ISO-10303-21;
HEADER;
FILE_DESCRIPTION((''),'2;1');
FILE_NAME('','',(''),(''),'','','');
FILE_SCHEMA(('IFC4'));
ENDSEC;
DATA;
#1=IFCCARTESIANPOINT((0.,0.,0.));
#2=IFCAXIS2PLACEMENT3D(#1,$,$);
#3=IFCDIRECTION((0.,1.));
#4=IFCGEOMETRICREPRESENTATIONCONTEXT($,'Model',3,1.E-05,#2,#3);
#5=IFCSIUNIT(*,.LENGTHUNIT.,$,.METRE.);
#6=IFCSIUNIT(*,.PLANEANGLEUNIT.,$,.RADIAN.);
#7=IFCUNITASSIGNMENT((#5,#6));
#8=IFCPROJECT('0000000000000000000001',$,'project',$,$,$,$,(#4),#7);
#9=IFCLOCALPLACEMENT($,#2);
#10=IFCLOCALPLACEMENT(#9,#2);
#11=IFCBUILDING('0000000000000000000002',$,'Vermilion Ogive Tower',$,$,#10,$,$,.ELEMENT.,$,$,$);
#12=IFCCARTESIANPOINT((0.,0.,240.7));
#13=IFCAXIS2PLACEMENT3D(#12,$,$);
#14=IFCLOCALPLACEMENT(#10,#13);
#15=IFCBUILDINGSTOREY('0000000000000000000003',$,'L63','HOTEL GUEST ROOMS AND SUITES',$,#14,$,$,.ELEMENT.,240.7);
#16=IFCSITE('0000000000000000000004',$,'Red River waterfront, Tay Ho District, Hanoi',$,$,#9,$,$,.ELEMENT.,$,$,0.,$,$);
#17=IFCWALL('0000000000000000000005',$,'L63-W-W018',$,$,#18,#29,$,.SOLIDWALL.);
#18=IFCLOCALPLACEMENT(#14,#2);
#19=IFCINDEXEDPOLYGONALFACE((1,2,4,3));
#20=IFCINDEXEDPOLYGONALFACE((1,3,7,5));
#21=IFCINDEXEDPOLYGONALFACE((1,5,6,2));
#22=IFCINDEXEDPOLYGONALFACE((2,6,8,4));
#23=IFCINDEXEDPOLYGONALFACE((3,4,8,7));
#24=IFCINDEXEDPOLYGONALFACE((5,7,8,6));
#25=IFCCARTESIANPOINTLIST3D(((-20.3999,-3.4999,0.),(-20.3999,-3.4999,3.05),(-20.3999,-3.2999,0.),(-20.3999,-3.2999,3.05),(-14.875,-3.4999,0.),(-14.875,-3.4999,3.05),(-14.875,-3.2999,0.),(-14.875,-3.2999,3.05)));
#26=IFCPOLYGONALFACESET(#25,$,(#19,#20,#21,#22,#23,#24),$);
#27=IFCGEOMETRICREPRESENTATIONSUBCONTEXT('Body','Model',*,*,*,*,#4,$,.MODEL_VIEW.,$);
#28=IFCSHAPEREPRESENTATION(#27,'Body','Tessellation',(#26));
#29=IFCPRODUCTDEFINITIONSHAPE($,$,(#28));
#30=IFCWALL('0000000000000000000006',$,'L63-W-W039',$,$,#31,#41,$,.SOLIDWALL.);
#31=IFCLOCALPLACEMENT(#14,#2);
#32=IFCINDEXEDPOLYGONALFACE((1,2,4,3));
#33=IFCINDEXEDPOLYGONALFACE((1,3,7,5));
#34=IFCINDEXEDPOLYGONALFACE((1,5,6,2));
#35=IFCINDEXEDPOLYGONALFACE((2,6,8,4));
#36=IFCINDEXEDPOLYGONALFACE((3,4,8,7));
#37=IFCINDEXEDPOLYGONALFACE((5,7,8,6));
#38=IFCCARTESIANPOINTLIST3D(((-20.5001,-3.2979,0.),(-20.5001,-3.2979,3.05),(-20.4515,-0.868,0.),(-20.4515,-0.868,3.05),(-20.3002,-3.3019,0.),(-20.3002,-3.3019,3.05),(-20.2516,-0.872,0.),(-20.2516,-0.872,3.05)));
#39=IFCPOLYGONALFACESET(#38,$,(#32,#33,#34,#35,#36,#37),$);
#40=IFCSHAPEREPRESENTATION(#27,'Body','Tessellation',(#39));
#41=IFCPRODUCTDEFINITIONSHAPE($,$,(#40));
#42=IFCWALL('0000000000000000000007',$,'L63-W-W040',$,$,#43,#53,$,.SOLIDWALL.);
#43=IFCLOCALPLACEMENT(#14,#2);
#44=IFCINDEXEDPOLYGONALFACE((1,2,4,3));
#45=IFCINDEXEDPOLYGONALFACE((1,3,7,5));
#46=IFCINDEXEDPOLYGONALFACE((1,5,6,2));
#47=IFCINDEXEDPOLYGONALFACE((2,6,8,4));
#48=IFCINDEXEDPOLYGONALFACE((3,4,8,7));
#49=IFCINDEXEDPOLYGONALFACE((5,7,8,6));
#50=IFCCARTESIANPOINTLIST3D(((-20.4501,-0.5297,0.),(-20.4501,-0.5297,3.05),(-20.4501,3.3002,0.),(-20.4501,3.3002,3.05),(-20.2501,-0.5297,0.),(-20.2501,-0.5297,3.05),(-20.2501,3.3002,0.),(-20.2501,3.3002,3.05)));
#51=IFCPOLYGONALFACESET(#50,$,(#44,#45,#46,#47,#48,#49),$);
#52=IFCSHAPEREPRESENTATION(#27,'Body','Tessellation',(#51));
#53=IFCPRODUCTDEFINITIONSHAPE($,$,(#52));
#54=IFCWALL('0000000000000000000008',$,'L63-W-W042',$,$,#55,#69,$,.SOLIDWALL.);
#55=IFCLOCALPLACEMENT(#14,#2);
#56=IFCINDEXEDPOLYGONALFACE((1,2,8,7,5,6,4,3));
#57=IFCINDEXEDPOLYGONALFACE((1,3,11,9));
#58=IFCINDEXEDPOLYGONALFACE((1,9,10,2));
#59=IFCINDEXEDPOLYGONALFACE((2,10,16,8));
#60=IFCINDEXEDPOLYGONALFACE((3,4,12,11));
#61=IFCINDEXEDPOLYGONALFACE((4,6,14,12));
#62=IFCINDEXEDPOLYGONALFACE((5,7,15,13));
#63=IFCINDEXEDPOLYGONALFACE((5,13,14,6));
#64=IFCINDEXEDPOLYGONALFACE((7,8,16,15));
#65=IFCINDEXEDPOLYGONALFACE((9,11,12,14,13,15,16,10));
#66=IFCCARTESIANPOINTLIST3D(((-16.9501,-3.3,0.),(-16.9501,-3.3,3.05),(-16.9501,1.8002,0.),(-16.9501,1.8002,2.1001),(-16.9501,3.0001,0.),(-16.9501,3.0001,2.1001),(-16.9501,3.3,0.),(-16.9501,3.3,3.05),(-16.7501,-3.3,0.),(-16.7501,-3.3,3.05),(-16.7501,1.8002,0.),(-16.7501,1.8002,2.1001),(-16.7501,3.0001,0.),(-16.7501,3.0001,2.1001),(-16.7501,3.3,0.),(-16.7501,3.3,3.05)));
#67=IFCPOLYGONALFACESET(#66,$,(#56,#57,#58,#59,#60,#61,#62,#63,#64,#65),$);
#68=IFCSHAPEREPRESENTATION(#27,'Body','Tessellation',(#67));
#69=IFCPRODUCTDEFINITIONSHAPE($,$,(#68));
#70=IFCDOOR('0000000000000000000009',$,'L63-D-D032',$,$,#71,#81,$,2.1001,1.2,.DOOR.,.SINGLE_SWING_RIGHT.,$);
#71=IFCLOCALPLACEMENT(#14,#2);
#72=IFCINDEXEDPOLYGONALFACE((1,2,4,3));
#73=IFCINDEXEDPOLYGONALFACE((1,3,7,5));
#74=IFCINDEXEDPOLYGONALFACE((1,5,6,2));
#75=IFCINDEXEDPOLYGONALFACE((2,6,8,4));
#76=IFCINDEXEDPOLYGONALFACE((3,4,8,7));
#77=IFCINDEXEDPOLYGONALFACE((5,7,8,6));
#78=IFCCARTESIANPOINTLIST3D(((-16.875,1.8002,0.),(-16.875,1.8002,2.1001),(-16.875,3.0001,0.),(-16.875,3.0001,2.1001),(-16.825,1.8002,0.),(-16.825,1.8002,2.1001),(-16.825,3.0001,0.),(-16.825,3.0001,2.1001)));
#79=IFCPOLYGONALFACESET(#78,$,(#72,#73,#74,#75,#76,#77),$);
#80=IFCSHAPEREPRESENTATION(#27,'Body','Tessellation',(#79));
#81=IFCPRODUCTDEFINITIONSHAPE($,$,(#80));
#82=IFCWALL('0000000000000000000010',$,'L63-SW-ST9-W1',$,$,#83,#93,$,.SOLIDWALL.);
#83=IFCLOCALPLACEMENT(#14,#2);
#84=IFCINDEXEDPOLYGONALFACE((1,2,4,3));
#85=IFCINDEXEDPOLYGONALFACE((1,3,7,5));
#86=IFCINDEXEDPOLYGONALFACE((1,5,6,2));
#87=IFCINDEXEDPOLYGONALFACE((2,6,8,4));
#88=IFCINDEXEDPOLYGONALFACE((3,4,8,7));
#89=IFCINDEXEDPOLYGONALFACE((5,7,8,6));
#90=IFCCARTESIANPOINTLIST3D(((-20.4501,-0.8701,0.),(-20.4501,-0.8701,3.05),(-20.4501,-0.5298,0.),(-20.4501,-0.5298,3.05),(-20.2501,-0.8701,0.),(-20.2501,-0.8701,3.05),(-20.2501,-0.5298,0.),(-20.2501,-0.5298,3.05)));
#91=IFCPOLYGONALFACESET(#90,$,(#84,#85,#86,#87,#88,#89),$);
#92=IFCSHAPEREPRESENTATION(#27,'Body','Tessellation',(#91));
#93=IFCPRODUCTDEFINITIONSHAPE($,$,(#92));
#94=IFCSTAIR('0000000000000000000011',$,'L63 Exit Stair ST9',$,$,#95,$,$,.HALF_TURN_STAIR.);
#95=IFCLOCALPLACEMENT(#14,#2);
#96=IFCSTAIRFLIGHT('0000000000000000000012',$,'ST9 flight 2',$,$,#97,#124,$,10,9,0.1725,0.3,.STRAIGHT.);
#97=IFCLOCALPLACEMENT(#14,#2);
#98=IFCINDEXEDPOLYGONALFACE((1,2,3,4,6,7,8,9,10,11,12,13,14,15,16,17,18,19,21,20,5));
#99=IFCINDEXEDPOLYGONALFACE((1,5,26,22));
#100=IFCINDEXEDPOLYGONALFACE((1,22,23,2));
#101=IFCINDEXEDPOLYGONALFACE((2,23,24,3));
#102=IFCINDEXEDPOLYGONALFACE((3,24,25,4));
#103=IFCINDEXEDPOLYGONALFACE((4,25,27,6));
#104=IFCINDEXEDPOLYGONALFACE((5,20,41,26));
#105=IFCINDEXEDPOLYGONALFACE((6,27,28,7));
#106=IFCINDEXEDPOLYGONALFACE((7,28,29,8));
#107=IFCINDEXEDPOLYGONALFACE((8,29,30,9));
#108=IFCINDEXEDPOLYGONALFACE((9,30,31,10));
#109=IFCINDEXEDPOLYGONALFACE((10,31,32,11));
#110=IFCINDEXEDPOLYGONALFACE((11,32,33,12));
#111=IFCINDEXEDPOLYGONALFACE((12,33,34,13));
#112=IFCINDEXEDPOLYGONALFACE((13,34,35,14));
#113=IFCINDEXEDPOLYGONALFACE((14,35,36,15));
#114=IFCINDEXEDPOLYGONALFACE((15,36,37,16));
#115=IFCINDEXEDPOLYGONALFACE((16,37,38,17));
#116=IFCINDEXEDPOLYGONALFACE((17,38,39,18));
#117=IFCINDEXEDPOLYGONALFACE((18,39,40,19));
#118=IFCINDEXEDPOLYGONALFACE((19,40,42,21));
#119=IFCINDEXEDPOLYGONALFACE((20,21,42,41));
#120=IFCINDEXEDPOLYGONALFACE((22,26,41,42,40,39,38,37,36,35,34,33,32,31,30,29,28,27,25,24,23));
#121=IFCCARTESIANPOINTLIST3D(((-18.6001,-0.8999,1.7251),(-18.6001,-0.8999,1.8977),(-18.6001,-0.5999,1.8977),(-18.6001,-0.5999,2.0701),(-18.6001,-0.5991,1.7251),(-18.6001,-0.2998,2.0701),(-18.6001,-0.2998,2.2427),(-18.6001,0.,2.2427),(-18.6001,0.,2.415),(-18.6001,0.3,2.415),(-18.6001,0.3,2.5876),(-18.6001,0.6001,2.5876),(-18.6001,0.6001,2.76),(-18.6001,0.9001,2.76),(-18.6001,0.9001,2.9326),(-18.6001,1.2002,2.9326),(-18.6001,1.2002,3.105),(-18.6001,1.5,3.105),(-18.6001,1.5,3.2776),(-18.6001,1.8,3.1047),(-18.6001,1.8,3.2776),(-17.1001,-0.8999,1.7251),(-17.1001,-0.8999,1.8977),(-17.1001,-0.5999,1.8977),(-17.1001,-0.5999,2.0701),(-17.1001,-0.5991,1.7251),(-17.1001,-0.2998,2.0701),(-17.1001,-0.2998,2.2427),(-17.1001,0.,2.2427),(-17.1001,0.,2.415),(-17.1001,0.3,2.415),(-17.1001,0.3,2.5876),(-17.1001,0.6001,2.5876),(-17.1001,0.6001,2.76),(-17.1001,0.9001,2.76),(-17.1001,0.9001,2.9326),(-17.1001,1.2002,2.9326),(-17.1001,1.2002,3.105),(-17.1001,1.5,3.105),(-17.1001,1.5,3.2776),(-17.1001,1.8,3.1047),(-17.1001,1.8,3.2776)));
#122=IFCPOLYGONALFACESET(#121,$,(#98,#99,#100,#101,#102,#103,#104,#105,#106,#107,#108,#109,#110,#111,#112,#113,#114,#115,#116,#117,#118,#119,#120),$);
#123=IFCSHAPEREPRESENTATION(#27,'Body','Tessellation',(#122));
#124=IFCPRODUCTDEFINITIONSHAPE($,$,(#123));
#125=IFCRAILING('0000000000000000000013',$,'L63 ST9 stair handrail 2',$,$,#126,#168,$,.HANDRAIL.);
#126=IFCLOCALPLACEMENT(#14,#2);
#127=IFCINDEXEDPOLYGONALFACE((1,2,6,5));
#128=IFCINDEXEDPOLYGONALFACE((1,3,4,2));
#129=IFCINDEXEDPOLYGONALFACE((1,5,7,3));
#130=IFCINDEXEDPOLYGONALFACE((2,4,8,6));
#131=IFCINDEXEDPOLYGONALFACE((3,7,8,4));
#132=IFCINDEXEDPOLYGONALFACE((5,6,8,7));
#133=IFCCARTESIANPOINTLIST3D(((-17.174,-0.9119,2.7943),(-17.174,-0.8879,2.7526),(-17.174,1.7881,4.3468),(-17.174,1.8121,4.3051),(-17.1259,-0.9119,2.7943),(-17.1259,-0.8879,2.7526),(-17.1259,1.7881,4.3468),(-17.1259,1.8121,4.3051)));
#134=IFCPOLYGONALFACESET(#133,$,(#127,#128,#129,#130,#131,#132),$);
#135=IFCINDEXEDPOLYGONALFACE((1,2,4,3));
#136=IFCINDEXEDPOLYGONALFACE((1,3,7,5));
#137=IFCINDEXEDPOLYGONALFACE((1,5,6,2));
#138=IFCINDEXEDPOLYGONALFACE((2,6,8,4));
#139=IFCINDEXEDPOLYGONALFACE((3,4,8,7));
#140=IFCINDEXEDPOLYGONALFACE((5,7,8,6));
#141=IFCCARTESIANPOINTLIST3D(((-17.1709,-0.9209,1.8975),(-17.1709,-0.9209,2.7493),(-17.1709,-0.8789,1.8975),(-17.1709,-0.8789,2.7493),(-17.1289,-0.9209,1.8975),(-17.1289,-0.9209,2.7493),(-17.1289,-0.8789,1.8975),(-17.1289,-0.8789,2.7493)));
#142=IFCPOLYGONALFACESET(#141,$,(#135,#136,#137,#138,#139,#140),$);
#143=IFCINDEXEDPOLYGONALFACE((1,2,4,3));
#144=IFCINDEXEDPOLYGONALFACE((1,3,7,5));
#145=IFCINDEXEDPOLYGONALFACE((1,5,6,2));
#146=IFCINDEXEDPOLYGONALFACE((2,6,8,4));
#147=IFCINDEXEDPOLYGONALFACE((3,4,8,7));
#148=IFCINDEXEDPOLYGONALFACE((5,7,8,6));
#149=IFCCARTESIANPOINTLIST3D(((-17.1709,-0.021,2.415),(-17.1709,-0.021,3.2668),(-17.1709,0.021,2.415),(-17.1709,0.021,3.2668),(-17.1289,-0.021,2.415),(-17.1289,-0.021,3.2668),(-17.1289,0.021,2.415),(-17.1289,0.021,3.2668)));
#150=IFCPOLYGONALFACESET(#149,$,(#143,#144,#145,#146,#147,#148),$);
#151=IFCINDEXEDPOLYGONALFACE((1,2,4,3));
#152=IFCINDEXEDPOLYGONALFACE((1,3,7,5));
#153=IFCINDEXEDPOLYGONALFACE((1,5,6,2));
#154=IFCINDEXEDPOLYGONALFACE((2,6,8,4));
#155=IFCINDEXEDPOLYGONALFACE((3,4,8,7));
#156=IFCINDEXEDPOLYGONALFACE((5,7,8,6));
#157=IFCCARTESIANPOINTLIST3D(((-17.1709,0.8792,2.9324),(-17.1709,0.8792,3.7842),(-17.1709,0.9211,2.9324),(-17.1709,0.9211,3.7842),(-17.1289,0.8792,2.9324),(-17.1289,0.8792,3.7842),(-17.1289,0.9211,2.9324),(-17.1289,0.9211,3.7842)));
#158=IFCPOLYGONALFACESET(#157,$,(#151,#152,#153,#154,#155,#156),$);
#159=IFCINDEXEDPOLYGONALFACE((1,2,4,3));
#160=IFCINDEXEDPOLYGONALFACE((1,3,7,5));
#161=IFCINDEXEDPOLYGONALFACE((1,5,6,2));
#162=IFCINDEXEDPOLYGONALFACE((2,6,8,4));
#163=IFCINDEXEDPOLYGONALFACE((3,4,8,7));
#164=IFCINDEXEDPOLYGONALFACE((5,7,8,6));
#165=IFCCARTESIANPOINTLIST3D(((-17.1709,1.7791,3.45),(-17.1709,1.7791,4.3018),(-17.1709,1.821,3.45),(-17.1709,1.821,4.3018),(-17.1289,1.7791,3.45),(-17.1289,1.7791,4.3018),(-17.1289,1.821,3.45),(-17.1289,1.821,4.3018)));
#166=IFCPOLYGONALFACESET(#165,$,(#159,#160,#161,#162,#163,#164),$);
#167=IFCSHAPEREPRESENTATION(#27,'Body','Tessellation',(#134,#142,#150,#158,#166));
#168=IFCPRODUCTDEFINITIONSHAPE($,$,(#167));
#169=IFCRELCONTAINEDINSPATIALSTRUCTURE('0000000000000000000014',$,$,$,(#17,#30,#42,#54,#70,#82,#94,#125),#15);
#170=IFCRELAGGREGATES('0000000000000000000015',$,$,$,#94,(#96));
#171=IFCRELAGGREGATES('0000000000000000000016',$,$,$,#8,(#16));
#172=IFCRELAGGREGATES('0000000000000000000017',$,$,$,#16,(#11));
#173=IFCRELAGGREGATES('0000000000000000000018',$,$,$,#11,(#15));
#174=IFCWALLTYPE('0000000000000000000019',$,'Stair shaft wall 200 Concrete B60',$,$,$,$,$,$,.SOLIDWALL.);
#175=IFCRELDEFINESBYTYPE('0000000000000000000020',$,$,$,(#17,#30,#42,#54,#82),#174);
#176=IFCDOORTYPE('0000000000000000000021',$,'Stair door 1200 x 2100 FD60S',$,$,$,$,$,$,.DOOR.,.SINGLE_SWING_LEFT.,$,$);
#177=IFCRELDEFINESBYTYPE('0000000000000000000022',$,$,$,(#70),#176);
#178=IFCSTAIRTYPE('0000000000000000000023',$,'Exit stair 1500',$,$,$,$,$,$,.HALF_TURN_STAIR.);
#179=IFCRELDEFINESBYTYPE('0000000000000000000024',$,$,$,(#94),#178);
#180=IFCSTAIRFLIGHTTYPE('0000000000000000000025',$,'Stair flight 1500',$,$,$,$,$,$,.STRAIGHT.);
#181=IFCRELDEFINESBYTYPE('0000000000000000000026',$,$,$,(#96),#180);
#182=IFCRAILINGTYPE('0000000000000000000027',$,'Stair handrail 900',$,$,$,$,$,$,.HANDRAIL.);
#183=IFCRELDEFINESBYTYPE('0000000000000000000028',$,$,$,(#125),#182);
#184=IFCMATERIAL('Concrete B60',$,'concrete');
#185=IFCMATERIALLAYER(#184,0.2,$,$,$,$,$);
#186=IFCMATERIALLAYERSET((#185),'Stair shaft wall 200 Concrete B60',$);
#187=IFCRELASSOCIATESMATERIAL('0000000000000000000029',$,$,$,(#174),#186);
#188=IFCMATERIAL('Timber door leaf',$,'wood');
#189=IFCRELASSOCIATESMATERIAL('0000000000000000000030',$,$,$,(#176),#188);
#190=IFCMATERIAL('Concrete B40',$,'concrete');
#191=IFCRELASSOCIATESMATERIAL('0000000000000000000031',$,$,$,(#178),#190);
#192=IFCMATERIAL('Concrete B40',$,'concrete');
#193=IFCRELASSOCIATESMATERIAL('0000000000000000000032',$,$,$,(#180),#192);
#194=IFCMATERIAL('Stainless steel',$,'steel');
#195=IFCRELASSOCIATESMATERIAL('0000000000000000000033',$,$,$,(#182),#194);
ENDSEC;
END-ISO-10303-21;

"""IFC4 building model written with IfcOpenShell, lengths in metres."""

from ifc_helpers import new_model, si_unit, direction, frame, frame_2d, origin, origin_2d, place, context, subcontext, project, spatial, polyline, rectangle, outline, extrude, material, layer, layer_set, type_object, element, fill, aggregate, save


model = new_model("IFC4")

# Units and contexts
model_context = context("Model", 3, precision=1e-05, world=origin(), true_north=direction((0.0, 1.0)))
body_context = subcontext(model_context, "Body", "Model", "MODEL_VIEW")
ifc_project = project(units=[si_unit("LENGTHUNIT", "METRE"), si_unit("PLANEANGLEUNIT", "RADIAN")], contexts=[model_context])

# Site, building, storey
site_placement = place(None, origin())
site = spatial("IfcSite", under=ifc_project, at=site_placement, Name="Red River waterfront, Tay Ho District, Hanoi", CompositionType="ELEMENT", RefElevation=0.0)
building_placement = place(site_placement, origin())
building = spatial("IfcBuilding", under=site, at=building_placement, Name="Vermilion Ogive Tower", CompositionType="ELEMENT")
storey_placement = place(building_placement, frame((0.0, 0.0, 240.7)))
storey = spatial("IfcBuildingStorey", under=building, at=storey_placement, Name="L63", Description="HOTEL GUEST ROOMS AND SUITES", CompositionType="ELEMENT", Elevation=240.7)

# Walls
ifc_material_1 = material(Name="Concrete B60", Category="concrete")
ifc_layer = layer(ifc_material_1, 0.2)
ifc_layer_set = layer_set([ifc_layer], Name="Stair shaft wall 200 Concrete B60")
wall_type = type_object("IfcWallType", Name="Stair shaft wall 200 Concrete B60", PredefinedType="SOLIDWALL", material=ifc_layer_set)
wall_1_placement = place(storey_placement, frame((-20.3999, -3.3999, 0.0), z_axis=(0.0, 0.0, 1.0), x_axis=(1.0, 0.0, 0.0)))
element("IfcWall", 1, at=wall_1_placement, inside=storey, type_object=wall_type, Name="L63-W-W018", PredefinedType="SOLIDWALL", context=body_context, shape_type="SweptSolid", body=[
    extrude(rectangle(XDim=5.5249, YDim=0.2, at=frame_2d((2.7625, 0.0))), origin(), (0.0, 0.0, 1.0), 3.05),
])
wall_2_placement = place(storey_placement, frame((-20.4001, -3.3, 0.0), z_axis=(0.0, 0.0, 1.0), x_axis=(0.01999, 0.9998, 0.0)))
element("IfcWall", 2, at=wall_2_placement, inside=storey, type_object=wall_type, Name="L63-W-W039", PredefinedType="SOLIDWALL", context=body_context, shape_type="SweptSolid", body=[
    extrude(rectangle(XDim=2.4304, YDim=0.2, at=frame_2d((1.2153, 0.0))), origin(), (0.0, 0.0, 1.0), 3.05),
])
wall_3_placement = place(storey_placement, frame((-20.3501, -0.5298, 0.0), z_axis=(0.0, 0.0, 1.0), x_axis=(0.0, 1.0, 0.0)))
element("IfcWall", 3, at=wall_3_placement, inside=storey, type_object=wall_type, Name="L63-W-W040", PredefinedType="SOLIDWALL", context=body_context, shape_type="SweptSolid", body=[
    extrude(rectangle(XDim=3.8298, YDim=0.2, at=frame_2d((1.915, 0.0))), origin(), (0.0, 0.0, 1.0), 3.05),
])

# Wall, opening, door
wall_4_placement = place(storey_placement, frame((-16.8501, -3.3, 0.0), z_axis=(0.0, 0.0, 1.0), x_axis=(0.0, 1.0, 0.0)))
wall_4 = element("IfcWall", 4, at=wall_4_placement, inside=storey, type_object=wall_type, Name="L63-W-W042", PredefinedType="SOLIDWALL", context=body_context, shape_type="SweptSolid", body=[
    extrude(rectangle(XDim=6.6001, YDim=0.2, at=frame_2d((3.3, 0.0))), origin(), (0.0, 0.0, 1.0), 3.05),
])
opening_placement = place(wall_4_placement, frame((5.1001, 0.0, 0.0)))
opening = element("IfcOpeningElement", 5, at=opening_placement, cuts=wall_4, PredefinedType="OPENING", context=body_context, shape_type="SweptSolid", body=[
    extrude(rectangle(XDim=1.2, YDim=2.1001, at=frame_2d((0.6001, 1.05))), frame((0.0, 0.1099, 0.0), z_axis=(0.0, -1.0, 0.0), x_axis=(1.0, 0.0, 0.0)), (0.0, 0.0, 1.0), 0.22),
])
ifc_material_2 = material(Name="Timber door leaf", Category="wood")
door_type = type_object("IfcDoorType", Name="Stair door 1200 x 2100 FD60S", OperationType="SINGLE_SWING_LEFT", PredefinedType="DOOR", material=ifc_material_2)
door_placement = place(opening_placement, origin())
door = element("IfcDoor", 6, at=door_placement, inside=storey, type_object=door_type, Name="L63-D-D032", OperationType="SINGLE_SWING_RIGHT", OverallHeight=2.1001, OverallWidth=1.2, PredefinedType="DOOR", context=body_context, shape_type="SweptSolid", body=[
    extrude(rectangle(XDim=1.2, YDim=2.1001, at=frame_2d((0.6001, 1.05))), frame((0.0, 0.0249, 0.0), z_axis=(0.0, -1.0, 0.0), x_axis=(1.0, 0.0, 0.0)), (0.0, 0.0, 1.0), 0.05),
])
fill(opening, door)

# Wall
wall_5_placement = place(storey_placement, frame((-20.3501, -0.8701, 0.0), z_axis=(0.0, 0.0, 1.0), x_axis=(0.0, 1.0, 0.0)))
element("IfcWall", 7, at=wall_5_placement, inside=storey, type_object=wall_type, Name="L63-SW-ST9-W1", PredefinedType="SOLIDWALL", context=body_context, shape_type="SweptSolid", body=[
    extrude(rectangle(XDim=0.3403, YDim=0.2, at=frame_2d((0.1702, 0.0))), origin(), (0.0, 0.0, 1.0), 3.05),
])

# Stair, stair flight
ifc_material_3 = material(Name="Concrete B40", Category="concrete")
stair_type = type_object("IfcStairType", Name="Exit stair 1500", PredefinedType="HALF_TURN_STAIR", material=ifc_material_3)
stair_placement = place(storey_placement, origin())
stair = element("IfcStair", 8, at=stair_placement, inside=storey, type_object=stair_type, Name="L63 Exit Stair ST9", PredefinedType="HALF_TURN_STAIR")
ifc_material_4 = material(Name="Concrete B40", Category="concrete")
stair_flight_type = type_object("IfcStairFlightType", Name="Stair flight 1500", PredefinedType="STRAIGHT", material=ifc_material_4)
stair_flight_placement = place(storey_placement, frame((-17.8501, -0.8999, 1.7251), z_axis=(0.0, 0.0, 1.0), x_axis=(0.0, 1.0, 0.0)))
stair_flight = element("IfcStairFlight", 9, at=stair_flight_placement, type_object=stair_flight_type, Name="ST9 flight 2", NumberOfRisers=10, NumberOfTreads=9, PredefinedType="STRAIGHT", RiserHeight=0.1725, TreadLength=0.3, context=body_context, shape_type="SweptSolid", body=[
    extrude(outline(polyline([(0.0, 0.0), (0.0, 0.1726), (0.3, 0.1726), (0.3, 0.345), (0.6001, 0.345), (0.6001, 0.5176), (0.8999, 0.5176), (0.8999, 0.6899), (1.2, 0.6899), (1.2, 0.8625), (1.5, 0.8625), (1.5, 1.0349), (1.8, 1.0349), (1.8, 1.2075), (2.1001, 1.2075), (2.1001, 1.3799), (2.3999, 1.3799), (2.3999, 1.5525), (2.7, 1.5525), (2.7, 1.7251), (2.7, 1.3796), (0.3008, 0.0), (0.0, 0.0)])), frame((0.0, 0.75, 0.0), z_axis=(0.0, -1.0, 0.0), x_axis=(1.0, 0.0, 0.0)), (0.0, 0.0, 1.0), 1.5),
])
aggregate(stair, [stair_flight])

# Railing
ifc_material_5 = material(Name="Stainless steel", Category="steel")
railing_type = type_object("IfcRailingType", Name="Stair handrail 900", PredefinedType="HANDRAIL", material=ifc_material_5)
railing_placement = place(storey_placement, frame((-17.1499, -0.8999, 1.8975)))
element("IfcRailing", 10, at=railing_placement, inside=storey, type_object=railing_type, Name="L63 ST9 stair handrail 2", PredefinedType="HANDRAIL", context=body_context, shape_type="SweptSolid", body=[
    extrude(rectangle(XDim=0.0481, YDim=0.0481, at=origin_2d()), frame((0.0, 0.0, 0.876), z_axis=(0.0, 0.866904, 0.498476), x_axis=(-1.0, 0.0, 0.0)), (0.0, 0.0, 1.0), 3.1145),
    extrude(rectangle(XDim=0.042, YDim=0.042, at=origin_2d()), origin(), (0.0, 0.0, 1.0), 0.8518),
    extrude(rectangle(XDim=0.042, YDim=0.042, at=origin_2d()), frame((0.0, 0.8999, 0.5176)), (0.0, 0.0, 1.0), 0.8518),
    extrude(rectangle(XDim=0.042, YDim=0.042, at=origin_2d()), frame((0.0, 1.8, 1.0349)), (0.0, 0.0, 1.0), 0.8518),
    extrude(rectangle(XDim=0.042, YDim=0.042, at=origin_2d()), frame((0.0, 2.7, 1.5525)), (0.0, 0.0, 1.0), 0.8518),
])

save(model, "model.ifc")
